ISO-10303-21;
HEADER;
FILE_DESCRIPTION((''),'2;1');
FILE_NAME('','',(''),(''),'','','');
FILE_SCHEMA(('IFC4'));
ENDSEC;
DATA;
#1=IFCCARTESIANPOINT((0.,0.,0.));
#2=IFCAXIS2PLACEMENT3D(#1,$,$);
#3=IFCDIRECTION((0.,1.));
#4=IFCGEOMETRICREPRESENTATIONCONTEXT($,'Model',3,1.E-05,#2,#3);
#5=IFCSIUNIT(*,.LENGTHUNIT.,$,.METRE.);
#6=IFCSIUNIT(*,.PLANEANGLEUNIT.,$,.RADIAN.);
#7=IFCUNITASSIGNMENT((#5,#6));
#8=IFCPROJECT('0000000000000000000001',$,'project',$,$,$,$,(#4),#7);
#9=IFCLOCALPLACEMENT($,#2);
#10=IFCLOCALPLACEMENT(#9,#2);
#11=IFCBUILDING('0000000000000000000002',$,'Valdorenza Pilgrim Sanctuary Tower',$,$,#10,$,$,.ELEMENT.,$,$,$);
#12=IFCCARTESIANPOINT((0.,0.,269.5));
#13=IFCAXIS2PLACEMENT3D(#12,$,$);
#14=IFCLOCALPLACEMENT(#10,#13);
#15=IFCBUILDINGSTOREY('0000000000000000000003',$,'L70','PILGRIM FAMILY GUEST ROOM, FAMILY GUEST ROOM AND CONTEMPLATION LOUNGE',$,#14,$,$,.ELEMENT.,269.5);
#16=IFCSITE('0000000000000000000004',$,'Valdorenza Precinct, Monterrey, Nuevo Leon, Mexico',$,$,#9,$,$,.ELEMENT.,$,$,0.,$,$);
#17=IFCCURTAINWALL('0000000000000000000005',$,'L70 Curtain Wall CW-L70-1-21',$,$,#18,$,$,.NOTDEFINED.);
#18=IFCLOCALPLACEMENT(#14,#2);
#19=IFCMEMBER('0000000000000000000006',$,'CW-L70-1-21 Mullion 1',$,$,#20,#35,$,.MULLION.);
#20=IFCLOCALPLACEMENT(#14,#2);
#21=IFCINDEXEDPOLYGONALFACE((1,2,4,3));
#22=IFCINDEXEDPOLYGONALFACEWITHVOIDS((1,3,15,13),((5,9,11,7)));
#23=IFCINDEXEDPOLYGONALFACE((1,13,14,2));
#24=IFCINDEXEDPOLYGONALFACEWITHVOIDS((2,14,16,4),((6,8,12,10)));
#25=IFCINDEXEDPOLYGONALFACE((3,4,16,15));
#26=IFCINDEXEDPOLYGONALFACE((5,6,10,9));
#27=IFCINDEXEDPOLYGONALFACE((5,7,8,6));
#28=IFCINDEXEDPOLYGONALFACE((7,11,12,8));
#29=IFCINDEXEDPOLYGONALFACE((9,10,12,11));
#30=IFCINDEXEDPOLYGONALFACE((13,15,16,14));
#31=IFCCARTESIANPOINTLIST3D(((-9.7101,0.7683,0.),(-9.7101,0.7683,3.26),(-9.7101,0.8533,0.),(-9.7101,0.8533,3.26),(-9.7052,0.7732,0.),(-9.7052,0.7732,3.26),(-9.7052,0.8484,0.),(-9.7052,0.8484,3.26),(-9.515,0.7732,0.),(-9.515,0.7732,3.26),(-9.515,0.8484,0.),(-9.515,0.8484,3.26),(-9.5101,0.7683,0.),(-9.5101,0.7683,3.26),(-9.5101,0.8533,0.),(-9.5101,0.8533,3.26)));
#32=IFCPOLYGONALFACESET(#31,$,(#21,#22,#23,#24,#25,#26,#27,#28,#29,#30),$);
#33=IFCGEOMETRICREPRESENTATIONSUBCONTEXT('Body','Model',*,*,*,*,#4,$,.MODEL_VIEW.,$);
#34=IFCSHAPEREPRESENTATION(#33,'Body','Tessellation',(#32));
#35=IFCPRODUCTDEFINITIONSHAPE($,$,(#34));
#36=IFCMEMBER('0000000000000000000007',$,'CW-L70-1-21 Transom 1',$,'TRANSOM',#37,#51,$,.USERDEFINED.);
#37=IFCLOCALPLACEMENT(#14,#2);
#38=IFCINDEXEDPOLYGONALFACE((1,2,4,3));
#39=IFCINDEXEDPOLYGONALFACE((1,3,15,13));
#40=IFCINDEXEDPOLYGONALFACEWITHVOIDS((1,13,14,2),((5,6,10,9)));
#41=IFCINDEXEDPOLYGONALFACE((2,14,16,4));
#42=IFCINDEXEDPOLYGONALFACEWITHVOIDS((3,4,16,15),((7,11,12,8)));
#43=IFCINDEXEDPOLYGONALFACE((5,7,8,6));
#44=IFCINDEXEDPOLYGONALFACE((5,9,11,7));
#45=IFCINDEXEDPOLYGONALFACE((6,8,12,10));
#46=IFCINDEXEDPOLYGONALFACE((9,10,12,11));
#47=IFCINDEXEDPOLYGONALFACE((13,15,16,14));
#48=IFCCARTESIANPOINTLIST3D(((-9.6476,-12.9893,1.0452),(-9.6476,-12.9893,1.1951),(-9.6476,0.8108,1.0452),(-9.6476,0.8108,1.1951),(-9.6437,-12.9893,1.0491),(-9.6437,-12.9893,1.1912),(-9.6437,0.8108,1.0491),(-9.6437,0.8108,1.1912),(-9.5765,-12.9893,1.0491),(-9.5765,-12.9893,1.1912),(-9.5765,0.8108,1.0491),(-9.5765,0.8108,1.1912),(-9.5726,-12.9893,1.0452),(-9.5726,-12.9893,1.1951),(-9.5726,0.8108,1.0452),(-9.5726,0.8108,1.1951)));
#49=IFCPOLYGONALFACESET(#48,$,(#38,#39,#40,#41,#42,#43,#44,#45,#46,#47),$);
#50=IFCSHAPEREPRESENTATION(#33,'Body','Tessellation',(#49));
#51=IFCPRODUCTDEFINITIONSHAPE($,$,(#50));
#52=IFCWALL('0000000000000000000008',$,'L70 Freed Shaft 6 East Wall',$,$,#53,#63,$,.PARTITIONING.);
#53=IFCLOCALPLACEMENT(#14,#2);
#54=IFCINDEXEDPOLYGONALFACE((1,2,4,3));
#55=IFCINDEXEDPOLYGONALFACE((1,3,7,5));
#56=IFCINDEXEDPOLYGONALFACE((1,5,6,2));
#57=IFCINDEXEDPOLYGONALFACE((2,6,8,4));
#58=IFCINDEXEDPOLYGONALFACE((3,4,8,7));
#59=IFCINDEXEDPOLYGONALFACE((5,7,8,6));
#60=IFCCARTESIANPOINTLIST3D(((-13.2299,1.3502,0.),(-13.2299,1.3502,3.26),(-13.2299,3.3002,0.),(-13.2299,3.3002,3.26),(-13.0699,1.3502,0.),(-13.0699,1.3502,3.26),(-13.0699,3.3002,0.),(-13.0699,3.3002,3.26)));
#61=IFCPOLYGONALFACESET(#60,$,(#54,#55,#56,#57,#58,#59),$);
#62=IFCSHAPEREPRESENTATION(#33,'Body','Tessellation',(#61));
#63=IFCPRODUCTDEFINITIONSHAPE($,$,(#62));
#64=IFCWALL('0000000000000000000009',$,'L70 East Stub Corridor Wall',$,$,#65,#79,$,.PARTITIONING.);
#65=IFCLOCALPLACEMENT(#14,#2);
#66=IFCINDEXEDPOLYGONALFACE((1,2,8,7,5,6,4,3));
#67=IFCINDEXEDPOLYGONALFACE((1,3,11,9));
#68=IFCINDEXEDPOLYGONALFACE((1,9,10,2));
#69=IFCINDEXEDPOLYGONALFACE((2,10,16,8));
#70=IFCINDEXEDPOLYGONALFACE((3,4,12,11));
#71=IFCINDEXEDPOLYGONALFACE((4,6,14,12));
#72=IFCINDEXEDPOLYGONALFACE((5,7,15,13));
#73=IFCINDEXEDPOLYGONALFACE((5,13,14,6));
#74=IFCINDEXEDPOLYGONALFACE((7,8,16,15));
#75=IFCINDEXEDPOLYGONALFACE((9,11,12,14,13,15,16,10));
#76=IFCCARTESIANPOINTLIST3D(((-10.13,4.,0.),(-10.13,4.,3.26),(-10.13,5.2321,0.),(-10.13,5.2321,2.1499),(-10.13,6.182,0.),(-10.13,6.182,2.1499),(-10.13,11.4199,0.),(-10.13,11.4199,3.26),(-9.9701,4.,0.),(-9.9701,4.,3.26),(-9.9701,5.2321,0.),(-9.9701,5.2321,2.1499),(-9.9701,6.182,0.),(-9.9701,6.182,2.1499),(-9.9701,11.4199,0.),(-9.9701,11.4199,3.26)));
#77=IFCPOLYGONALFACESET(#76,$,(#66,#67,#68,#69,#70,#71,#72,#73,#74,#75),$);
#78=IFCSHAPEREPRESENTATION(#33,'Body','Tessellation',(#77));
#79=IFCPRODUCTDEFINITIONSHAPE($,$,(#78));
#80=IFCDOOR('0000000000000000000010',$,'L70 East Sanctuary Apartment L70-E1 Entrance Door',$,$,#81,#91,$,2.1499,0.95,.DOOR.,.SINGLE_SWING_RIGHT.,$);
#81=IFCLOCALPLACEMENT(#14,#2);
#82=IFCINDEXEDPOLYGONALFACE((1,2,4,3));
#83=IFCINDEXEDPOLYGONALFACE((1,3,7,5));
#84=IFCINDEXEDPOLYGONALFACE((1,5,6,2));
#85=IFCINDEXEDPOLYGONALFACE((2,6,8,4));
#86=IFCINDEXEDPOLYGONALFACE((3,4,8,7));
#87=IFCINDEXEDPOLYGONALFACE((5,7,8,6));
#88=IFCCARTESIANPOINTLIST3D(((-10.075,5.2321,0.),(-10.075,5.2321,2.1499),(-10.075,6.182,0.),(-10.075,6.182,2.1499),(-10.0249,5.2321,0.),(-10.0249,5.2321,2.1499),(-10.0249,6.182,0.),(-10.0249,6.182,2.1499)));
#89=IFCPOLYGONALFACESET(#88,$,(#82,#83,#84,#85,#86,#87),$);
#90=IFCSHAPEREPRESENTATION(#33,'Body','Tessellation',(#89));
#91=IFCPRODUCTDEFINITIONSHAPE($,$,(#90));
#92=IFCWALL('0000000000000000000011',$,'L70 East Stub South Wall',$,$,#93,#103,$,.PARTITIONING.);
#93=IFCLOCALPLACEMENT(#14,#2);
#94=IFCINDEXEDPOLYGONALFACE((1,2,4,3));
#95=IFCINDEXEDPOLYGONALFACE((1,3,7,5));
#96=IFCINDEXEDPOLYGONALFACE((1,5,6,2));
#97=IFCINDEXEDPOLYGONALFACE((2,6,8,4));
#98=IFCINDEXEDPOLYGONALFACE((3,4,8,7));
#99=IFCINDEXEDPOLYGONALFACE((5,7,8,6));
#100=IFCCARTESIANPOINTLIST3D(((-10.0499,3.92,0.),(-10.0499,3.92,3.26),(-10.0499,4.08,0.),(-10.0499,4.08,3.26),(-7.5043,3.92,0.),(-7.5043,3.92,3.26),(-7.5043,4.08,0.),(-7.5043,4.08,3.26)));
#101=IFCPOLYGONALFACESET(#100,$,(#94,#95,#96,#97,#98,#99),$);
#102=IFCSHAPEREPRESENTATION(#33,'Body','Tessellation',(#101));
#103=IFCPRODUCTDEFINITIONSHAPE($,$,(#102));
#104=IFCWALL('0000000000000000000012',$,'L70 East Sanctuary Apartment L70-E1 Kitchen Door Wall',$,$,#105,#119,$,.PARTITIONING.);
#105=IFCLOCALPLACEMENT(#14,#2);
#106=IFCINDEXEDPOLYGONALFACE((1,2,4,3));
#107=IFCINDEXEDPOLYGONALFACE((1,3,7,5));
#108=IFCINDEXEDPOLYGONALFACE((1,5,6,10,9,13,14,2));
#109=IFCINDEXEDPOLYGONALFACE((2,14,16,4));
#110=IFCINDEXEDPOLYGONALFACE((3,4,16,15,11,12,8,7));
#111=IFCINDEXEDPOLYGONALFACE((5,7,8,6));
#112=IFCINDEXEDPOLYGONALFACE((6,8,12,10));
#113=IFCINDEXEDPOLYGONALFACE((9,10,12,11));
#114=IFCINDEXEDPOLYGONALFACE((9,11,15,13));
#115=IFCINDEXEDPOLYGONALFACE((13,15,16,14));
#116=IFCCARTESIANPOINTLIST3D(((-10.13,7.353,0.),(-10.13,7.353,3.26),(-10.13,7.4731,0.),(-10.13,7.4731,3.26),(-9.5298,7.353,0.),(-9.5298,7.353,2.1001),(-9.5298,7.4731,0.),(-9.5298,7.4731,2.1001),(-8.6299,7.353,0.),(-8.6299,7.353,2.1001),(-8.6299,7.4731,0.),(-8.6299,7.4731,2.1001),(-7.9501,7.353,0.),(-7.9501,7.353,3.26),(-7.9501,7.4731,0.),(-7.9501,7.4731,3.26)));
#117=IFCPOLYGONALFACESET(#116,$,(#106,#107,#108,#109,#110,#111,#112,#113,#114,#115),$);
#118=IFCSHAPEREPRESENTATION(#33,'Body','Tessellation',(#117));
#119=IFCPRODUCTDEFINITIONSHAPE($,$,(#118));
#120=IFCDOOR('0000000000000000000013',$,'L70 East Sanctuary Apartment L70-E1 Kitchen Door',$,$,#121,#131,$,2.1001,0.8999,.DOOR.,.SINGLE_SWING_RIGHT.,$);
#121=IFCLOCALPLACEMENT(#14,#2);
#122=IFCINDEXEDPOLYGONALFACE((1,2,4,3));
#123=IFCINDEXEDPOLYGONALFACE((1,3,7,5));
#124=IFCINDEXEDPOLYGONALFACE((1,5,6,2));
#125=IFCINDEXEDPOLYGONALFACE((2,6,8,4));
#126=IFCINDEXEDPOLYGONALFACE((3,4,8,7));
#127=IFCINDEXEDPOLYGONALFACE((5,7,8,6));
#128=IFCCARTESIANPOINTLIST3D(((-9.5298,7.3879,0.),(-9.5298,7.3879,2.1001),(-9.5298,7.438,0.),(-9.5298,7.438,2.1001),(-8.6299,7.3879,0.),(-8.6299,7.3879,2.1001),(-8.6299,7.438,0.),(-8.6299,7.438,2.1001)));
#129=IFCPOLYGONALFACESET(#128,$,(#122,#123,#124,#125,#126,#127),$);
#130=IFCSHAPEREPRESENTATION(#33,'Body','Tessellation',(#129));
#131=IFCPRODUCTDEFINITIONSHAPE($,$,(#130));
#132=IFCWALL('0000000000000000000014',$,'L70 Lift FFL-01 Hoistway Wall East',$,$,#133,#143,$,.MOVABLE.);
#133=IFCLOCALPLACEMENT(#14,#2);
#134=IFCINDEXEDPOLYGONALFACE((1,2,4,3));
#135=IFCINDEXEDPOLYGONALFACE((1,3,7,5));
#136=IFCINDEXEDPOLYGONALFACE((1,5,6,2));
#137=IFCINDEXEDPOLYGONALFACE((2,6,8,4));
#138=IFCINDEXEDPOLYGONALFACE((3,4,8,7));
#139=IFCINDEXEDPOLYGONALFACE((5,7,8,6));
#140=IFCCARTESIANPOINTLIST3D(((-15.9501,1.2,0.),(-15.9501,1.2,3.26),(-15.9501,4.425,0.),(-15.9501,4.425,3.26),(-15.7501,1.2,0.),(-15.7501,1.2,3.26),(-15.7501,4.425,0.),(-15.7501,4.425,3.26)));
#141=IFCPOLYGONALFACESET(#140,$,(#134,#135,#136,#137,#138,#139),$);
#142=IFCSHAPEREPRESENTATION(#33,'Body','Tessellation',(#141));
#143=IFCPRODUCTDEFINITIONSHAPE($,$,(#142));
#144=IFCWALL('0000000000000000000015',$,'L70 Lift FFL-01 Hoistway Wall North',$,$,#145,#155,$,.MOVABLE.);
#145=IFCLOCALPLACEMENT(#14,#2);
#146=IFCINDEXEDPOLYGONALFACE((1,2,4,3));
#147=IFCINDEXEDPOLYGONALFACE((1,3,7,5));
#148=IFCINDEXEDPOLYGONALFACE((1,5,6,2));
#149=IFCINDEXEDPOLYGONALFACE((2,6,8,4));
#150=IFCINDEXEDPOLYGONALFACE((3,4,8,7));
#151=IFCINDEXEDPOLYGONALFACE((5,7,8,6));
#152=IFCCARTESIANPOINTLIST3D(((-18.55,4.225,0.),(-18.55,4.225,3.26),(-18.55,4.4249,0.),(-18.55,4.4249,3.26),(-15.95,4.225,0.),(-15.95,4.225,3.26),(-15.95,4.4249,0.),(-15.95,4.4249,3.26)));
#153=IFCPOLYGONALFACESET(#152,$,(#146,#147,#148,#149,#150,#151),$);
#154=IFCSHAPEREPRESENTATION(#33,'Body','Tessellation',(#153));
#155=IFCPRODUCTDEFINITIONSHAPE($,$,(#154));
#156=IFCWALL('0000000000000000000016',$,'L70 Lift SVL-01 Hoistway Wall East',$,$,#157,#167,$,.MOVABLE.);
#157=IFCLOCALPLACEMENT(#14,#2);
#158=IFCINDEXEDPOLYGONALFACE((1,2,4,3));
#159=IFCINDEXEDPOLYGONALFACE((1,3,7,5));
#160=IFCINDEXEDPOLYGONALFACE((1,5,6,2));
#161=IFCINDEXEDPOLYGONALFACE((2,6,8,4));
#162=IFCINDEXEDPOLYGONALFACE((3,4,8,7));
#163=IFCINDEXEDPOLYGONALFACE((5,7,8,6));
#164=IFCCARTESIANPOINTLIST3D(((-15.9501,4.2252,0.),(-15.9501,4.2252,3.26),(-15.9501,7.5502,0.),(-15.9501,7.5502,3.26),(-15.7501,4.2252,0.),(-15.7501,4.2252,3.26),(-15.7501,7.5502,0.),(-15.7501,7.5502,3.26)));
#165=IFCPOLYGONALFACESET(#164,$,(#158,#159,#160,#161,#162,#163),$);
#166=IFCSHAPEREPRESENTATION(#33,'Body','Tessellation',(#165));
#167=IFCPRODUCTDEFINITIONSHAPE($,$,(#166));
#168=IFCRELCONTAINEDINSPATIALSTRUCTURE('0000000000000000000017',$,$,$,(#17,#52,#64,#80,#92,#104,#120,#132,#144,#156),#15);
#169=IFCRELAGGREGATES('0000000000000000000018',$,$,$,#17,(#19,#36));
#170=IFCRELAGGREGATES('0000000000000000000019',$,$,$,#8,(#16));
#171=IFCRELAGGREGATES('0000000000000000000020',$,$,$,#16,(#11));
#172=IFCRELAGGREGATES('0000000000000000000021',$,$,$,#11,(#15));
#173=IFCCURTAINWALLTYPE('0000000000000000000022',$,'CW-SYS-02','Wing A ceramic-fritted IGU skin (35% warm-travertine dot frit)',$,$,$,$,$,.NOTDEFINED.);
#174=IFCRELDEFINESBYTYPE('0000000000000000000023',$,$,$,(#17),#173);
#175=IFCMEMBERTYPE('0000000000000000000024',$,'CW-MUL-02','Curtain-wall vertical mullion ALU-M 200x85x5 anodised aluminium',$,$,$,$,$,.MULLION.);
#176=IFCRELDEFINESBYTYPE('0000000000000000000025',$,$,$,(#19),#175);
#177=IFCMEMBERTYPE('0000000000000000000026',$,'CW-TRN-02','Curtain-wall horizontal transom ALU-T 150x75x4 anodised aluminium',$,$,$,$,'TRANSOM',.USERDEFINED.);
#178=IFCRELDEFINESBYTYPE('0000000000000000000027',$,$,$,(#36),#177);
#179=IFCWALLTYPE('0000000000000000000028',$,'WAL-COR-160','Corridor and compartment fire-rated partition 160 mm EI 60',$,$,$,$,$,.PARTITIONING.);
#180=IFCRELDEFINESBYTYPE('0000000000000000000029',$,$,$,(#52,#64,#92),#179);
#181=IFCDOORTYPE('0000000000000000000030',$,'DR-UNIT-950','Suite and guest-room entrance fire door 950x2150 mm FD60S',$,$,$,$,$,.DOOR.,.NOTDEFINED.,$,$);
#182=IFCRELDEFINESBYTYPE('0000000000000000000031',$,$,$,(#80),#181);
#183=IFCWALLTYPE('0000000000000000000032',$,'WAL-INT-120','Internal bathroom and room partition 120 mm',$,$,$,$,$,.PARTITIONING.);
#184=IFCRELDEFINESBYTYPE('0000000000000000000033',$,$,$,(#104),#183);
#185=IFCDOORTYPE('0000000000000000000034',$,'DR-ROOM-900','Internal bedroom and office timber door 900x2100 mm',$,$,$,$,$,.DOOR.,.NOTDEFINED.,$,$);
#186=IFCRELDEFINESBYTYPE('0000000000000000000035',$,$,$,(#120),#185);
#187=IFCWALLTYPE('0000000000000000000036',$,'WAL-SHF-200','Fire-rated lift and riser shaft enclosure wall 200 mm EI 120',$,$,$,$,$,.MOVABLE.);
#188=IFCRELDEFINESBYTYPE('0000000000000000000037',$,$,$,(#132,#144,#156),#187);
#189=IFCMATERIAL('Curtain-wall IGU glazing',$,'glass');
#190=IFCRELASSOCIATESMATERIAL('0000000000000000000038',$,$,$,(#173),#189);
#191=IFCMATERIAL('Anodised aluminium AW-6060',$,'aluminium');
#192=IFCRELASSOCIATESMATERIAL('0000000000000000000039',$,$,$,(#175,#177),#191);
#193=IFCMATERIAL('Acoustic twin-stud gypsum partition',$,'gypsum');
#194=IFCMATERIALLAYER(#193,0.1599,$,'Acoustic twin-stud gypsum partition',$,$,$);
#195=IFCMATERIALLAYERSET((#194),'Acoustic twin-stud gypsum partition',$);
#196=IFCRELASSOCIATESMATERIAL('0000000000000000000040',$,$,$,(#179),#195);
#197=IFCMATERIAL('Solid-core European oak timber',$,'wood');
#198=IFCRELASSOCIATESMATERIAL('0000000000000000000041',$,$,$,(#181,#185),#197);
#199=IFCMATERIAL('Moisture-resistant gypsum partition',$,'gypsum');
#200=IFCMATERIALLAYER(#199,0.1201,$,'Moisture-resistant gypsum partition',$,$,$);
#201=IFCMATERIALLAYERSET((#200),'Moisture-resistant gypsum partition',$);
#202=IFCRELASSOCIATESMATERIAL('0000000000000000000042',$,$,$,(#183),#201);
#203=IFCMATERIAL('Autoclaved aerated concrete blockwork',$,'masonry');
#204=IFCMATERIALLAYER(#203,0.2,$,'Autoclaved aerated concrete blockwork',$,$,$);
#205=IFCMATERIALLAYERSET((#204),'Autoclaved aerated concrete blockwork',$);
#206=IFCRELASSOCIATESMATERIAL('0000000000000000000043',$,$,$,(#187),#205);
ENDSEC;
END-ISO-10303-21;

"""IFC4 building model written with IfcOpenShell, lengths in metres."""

from ifc_helpers import new_model, si_unit, direction, frame, frame_2d, origin, origin_2d, place, context, subcontext, project, spatial, rectangle, hollow_rectangle, extrude, source, transform, mapped, material, layer, layer_set, material_profile, profile_set, type_object, element, fill, aggregate, save


model = new_model("IFC4")

# Units and contexts
model_context = context("Model", 3, precision=1e-05, world=origin(), true_north=direction((0.0, 1.0)))
body_context = subcontext(model_context, "Body", "Model", "MODEL_VIEW")
ifc_project = project(units=[si_unit("LENGTHUNIT", "METRE"), si_unit("PLANEANGLEUNIT", "RADIAN")], contexts=[model_context])

# Site, building, storey
site_placement = place(None, origin())
site = spatial("IfcSite", under=ifc_project, at=site_placement, Name="Valdorenza Precinct, Monterrey, Nuevo Leon, Mexico", CompositionType="ELEMENT", RefElevation=0.0)
building_placement = place(site_placement, origin())
building = spatial("IfcBuilding", under=site, at=building_placement, Name="Valdorenza Pilgrim Sanctuary Tower", CompositionType="ELEMENT")
storey_placement = place(building_placement, frame((0.0, 0.0, 269.5)))
storey = spatial("IfcBuildingStorey", under=building, at=storey_placement, Name="L70", Description="PILGRIM FAMILY GUEST ROOM, FAMILY GUEST ROOM AND CONTEMPLATION LOUNGE", CompositionType="ELEMENT", Elevation=269.5)

# Curtain wall, members
ifc_material_1 = material(Name="Curtain-wall IGU glazing", Category="glass")
curtain_wall_type = type_object("IfcCurtainWallType", Name="CW-SYS-02", Description="Wing A ceramic-fritted IGU skin (35% warm-travertine dot frit)", PredefinedType="NOTDEFINED", material=ifc_material_1)
curtain_wall_placement = place(storey_placement, origin())
curtain_wall = element("IfcCurtainWall", 1, at=curtain_wall_placement, inside=storey, type_object=curtain_wall_type, Name="L70 Curtain Wall CW-L70-1-21", PredefinedType="NOTDEFINED")
ifc_material_2 = material(Name="Anodised aluminium AW-6060", Category="aluminium")
ifc_material_profile_1 = material_profile(ifc_material_2, hollow_rectangle(XDim=0.085, YDim=0.2, WallThickness=0.0049, at=origin_2d()), Name="ALU-M 200x85x5")
ifc_profile_set_1 = profile_set([ifc_material_profile_1], Name="Anodised aluminium AW-6060")
member_type_1 = type_object("IfcMemberType", Name="CW-MUL-02", Description="Curtain-wall vertical mullion ALU-M 200x85x5 anodised aluminium", PredefinedType="MULLION", material=ifc_profile_set_1)
shared_shape_1 = source(origin(), body_context, "Body", "SweptSolid", [
    extrude(hollow_rectangle(XDim=0.085, YDim=0.2, WallThickness=0.0049, at=origin_2d()), origin(), (0.0, 0.0, 1.0), 3.26),
])
member_1_placement = place(storey_placement, frame((-9.6101, 0.8108, 0.0), z_axis=(0.0, 0.0, 1.0), x_axis=(0.0, -1.0, 0.0)))
member_1 = element("IfcMember", 2, at=member_1_placement, type_object=member_type_1, Name="CW-L70-1-21 Mullion 1", PredefinedType="MULLION", context=body_context, shape_type="MappedRepresentation", body=[
    mapped(shared_shape_1, transform((0.0, 0.0, 0.0), x_axis=(1.0, 0.0, 0.0), y_axis=(0.0, 1.0, 0.0), z_axis=(0.0, 0.0, 1.0), scale=1.0)),
])
ifc_material_profile_2 = material_profile(ifc_material_2, hollow_rectangle(XDim=0.075, YDim=0.1499, WallThickness=0.0039, at=origin_2d()), Name="ALU-T 150x75x4")
ifc_profile_set_2 = profile_set([ifc_material_profile_2], Name="Anodised aluminium AW-6060")
member_type_2 = type_object("IfcMemberType", Name="CW-TRN-02", Description="Curtain-wall horizontal transom ALU-T 150x75x4 anodised aluminium", ElementType="TRANSOM", PredefinedType="USERDEFINED", material=ifc_profile_set_2)
shared_shape_2 = source(origin(), body_context, "Body", "SweptSolid", [
    extrude(hollow_rectangle(XDim=0.075, YDim=0.1499, WallThickness=0.0039, at=origin_2d()), origin(), (0.0, 0.0, 1.0), 13.8),
])
member_2_placement = place(storey_placement, frame((-9.6101, 0.8108, 1.1201), z_axis=(0.0, -1.0, 0.0), x_axis=(1.0, 0.0, 0.0)))
member_2 = element("IfcMember", 3, at=member_2_placement, type_object=member_type_2, Name="CW-L70-1-21 Transom 1", ObjectType="TRANSOM", PredefinedType="USERDEFINED", context=body_context, shape_type="MappedRepresentation", body=[
    mapped(shared_shape_2, transform((0.0, 0.0, 0.0), x_axis=(1.0, 0.0, 0.0), y_axis=(0.0, 1.0, 0.0), z_axis=(0.0, 0.0, 1.0), scale=1.0)),
])
aggregate(curtain_wall, [member_1, member_2])

# Wall
ifc_material_3 = material(Name="Acoustic twin-stud gypsum partition", Category="gypsum")
ifc_layer_1 = layer(ifc_material_3, 0.1599, Name="Acoustic twin-stud gypsum partition")
ifc_layer_set_1 = layer_set([ifc_layer_1], Name="Acoustic twin-stud gypsum partition")
wall_type_1 = type_object("IfcWallType", Name="WAL-COR-160", Description="Corridor and compartment fire-rated partition 160 mm EI 60", PredefinedType="PARTITIONING", material=ifc_layer_set_1)
wall_1_placement = place(storey_placement, frame((-13.1499, 1.3501, 0.0), z_axis=(0.0, 0.0, 1.0), x_axis=(0.0, 1.0, 0.0)))
element("IfcWall", 4, at=wall_1_placement, inside=storey, type_object=wall_type_1, Name="L70 Freed Shaft 6 East Wall", PredefinedType="PARTITIONING", context=body_context, shape_type="SweptSolid", body=[
    extrude(rectangle(XDim=1.95, YDim=0.1599, at=frame_2d((0.9751, 0.0))), origin(), (0.0, 0.0, 1.0), 3.26),
])

# Wall, opening, door
wall_2_placement = place(storey_placement, frame((-10.05, 4.0, 0.0), z_axis=(0.0, 0.0, 1.0), x_axis=(0.0, 1.0, 0.0)))
wall_2 = element("IfcWall", 5, at=wall_2_placement, inside=storey, type_object=wall_type_1, Name="L70 East Stub Corridor Wall", PredefinedType="PARTITIONING", context=body_context, shape_type="SweptSolid", body=[
    extrude(rectangle(XDim=7.4199, YDim=0.1599, at=frame_2d((3.71, 0.0))), origin(), (0.0, 0.0, 1.0), 3.26),
])
opening_1_placement = place(wall_2_placement, frame((1.2319, 0.0, 0.0)))
opening_1 = element("IfcOpeningElement", 6, at=opening_1_placement, cuts=wall_2, PredefinedType="OPENING", context=body_context, shape_type="SweptSolid", body=[
    extrude(rectangle(XDim=0.95, YDim=2.1499, at=frame_2d((0.4751, 1.075))), frame((0.0, 0.0947, 0.0), z_axis=(0.0, -1.0, 0.0), x_axis=(1.0, 0.0, 0.0)), (0.0, 0.0, 1.0), 0.1897),
])
ifc_material_4 = material(Name="Solid-core European oak timber", Category="wood")
door_type_1 = type_object("IfcDoorType", Name="DR-UNIT-950", Description="Suite and guest-room entrance fire door 950x2150 mm FD60S", OperationType="NOTDEFINED", PredefinedType="DOOR", material=ifc_material_4)
door_1_placement = place(opening_1_placement, origin())
door_1 = element("IfcDoor", 7, at=door_1_placement, inside=storey, type_object=door_type_1, Name="L70 East Sanctuary Apartment L70-E1 Entrance Door", OperationType="SINGLE_SWING_RIGHT", OverallHeight=2.1499, OverallWidth=0.95, PredefinedType="DOOR", context=body_context, shape_type="SweptSolid", body=[
    extrude(rectangle(XDim=0.95, YDim=2.1499, at=frame_2d((0.4751, 1.075))), frame((0.0, 0.0249, 0.0), z_axis=(0.0, -1.0, 0.0), x_axis=(1.0, 0.0, 0.0)), (0.0, 0.0, 1.0), 0.05),
])
fill(opening_1, door_1)

# Wall
wall_3_placement = place(storey_placement, frame((-10.05, 4.0, 0.0), z_axis=(0.0, 0.0, 1.0), x_axis=(1.0, 0.0, 0.0)))
element("IfcWall", 8, at=wall_3_placement, inside=storey, type_object=wall_type_1, Name="L70 East Stub South Wall", PredefinedType="PARTITIONING", context=body_context, shape_type="SweptSolid", body=[
    extrude(rectangle(XDim=2.5457, YDim=0.1599, at=frame_2d((1.2729, 0.0))), origin(), (0.0, 0.0, 1.0), 3.26),
])

# Wall, opening, door
ifc_material_5 = material(Name="Moisture-resistant gypsum partition", Category="gypsum")
ifc_layer_2 = layer(ifc_material_5, 0.1201, Name="Moisture-resistant gypsum partition")
ifc_layer_set_2 = layer_set([ifc_layer_2], Name="Moisture-resistant gypsum partition")
wall_type_2 = type_object("IfcWallType", Name="WAL-INT-120", Description="Internal bathroom and room partition 120 mm", PredefinedType="PARTITIONING", material=ifc_layer_set_2)
wall_4_placement = place(storey_placement, frame((-10.1299, 7.4131, 0.0), z_axis=(0.0, 0.0, 1.0), x_axis=(1.0, 0.0, 0.0)))
wall_4 = element("IfcWall", 9, at=wall_4_placement, inside=storey, type_object=wall_type_2, Name="L70 East Sanctuary Apartment L70-E1 Kitchen Door Wall", PredefinedType="PARTITIONING", context=body_context, shape_type="SweptSolid", body=[
    extrude(rectangle(XDim=2.1799, YDim=0.1201, at=frame_2d((1.0898, 0.0))), origin(), (0.0, 0.0, 1.0), 3.26),
])
opening_2_placement = place(wall_4_placement, frame((0.6001, 0.0, 0.0)))
opening_2 = element("IfcOpeningElement", 10, at=opening_2_placement, cuts=wall_4, PredefinedType="OPENING", context=body_context, shape_type="SweptSolid", body=[
    extrude(rectangle(XDim=0.8999, YDim=2.1001, at=frame_2d((0.45, 1.05))), frame((0.0, 0.075, 0.0), z_axis=(0.0, -1.0, 0.0), x_axis=(1.0, 0.0, 0.0)), (0.0, 0.0, 1.0), 0.1499),
])
door_type_2 = type_object("IfcDoorType", Name="DR-ROOM-900", Description="Internal bedroom and office timber door 900x2100 mm", OperationType="NOTDEFINED", PredefinedType="DOOR", material=ifc_material_4)
door_2_placement = place(opening_2_placement, origin())
door_2 = element("IfcDoor", 11, at=door_2_placement, inside=storey, type_object=door_type_2, Name="L70 East Sanctuary Apartment L70-E1 Kitchen Door", OperationType="SINGLE_SWING_RIGHT", OverallHeight=2.1001, OverallWidth=0.8999, PredefinedType="DOOR", context=body_context, shape_type="SweptSolid", body=[
    extrude(rectangle(XDim=0.8999, YDim=2.1001, at=frame_2d((0.45, 1.05))), frame((0.0, 0.0249, 0.0), z_axis=(0.0, -1.0, 0.0), x_axis=(1.0, 0.0, 0.0)), (0.0, 0.0, 1.0), 0.05),
])
fill(opening_2, door_2)

# Walls
ifc_material_6 = material(Name="Autoclaved aerated concrete blockwork", Category="masonry")
ifc_layer_3 = layer(ifc_material_6, 0.2, Name="Autoclaved aerated concrete blockwork")
ifc_layer_set_3 = layer_set([ifc_layer_3], Name="Autoclaved aerated concrete blockwork")
wall_type_3 = type_object("IfcWallType", Name="WAL-SHF-200", Description="Fire-rated lift and riser shaft enclosure wall 200 mm EI 120", PredefinedType="MOVABLE", material=ifc_layer_set_3)
wall_5_placement = place(storey_placement, frame((-15.8501, 1.2, 0.0), z_axis=(0.0, 0.0, 1.0), x_axis=(0.0, 1.0, 0.0)))
element("IfcWall", 12, at=wall_5_placement, inside=storey, type_object=wall_type_3, Name="L70 Lift FFL-01 Hoistway Wall East", PredefinedType="MOVABLE", context=body_context, shape_type="SweptSolid", body=[
    extrude(rectangle(XDim=3.2251, YDim=0.2, at=frame_2d((1.6125, 0.0))), origin(), (0.0, 0.0, 1.0), 3.26),
])
wall_6_placement = place(storey_placement, frame((-18.55, 4.325, 0.0), z_axis=(0.0, 0.0, 1.0), x_axis=(1.0, 0.0, 0.0)))
element("IfcWall", 13, at=wall_6_placement, inside=storey, type_object=wall_type_3, Name="L70 Lift FFL-01 Hoistway Wall North", PredefinedType="MOVABLE", context=body_context, shape_type="SweptSolid", body=[
    extrude(rectangle(XDim=2.6001, YDim=0.2, at=frame_2d((1.3, 0.0))), origin(), (0.0, 0.0, 1.0), 3.26),
])
wall_7_placement = place(storey_placement, frame((-15.8501, 4.2251, 0.0), z_axis=(0.0, 0.0, 1.0), x_axis=(0.0, 1.0, 0.0)))
element("IfcWall", 14, at=wall_7_placement, inside=storey, type_object=wall_type_3, Name="L70 Lift SVL-01 Hoistway Wall East", PredefinedType="MOVABLE", context=body_context, shape_type="SweptSolid", body=[
    extrude(rectangle(XDim=3.325, YDim=0.2, at=frame_2d((1.6626, 0.0))), origin(), (0.0, 0.0, 1.0), 3.26),
])

save(model, "model.ifc")
